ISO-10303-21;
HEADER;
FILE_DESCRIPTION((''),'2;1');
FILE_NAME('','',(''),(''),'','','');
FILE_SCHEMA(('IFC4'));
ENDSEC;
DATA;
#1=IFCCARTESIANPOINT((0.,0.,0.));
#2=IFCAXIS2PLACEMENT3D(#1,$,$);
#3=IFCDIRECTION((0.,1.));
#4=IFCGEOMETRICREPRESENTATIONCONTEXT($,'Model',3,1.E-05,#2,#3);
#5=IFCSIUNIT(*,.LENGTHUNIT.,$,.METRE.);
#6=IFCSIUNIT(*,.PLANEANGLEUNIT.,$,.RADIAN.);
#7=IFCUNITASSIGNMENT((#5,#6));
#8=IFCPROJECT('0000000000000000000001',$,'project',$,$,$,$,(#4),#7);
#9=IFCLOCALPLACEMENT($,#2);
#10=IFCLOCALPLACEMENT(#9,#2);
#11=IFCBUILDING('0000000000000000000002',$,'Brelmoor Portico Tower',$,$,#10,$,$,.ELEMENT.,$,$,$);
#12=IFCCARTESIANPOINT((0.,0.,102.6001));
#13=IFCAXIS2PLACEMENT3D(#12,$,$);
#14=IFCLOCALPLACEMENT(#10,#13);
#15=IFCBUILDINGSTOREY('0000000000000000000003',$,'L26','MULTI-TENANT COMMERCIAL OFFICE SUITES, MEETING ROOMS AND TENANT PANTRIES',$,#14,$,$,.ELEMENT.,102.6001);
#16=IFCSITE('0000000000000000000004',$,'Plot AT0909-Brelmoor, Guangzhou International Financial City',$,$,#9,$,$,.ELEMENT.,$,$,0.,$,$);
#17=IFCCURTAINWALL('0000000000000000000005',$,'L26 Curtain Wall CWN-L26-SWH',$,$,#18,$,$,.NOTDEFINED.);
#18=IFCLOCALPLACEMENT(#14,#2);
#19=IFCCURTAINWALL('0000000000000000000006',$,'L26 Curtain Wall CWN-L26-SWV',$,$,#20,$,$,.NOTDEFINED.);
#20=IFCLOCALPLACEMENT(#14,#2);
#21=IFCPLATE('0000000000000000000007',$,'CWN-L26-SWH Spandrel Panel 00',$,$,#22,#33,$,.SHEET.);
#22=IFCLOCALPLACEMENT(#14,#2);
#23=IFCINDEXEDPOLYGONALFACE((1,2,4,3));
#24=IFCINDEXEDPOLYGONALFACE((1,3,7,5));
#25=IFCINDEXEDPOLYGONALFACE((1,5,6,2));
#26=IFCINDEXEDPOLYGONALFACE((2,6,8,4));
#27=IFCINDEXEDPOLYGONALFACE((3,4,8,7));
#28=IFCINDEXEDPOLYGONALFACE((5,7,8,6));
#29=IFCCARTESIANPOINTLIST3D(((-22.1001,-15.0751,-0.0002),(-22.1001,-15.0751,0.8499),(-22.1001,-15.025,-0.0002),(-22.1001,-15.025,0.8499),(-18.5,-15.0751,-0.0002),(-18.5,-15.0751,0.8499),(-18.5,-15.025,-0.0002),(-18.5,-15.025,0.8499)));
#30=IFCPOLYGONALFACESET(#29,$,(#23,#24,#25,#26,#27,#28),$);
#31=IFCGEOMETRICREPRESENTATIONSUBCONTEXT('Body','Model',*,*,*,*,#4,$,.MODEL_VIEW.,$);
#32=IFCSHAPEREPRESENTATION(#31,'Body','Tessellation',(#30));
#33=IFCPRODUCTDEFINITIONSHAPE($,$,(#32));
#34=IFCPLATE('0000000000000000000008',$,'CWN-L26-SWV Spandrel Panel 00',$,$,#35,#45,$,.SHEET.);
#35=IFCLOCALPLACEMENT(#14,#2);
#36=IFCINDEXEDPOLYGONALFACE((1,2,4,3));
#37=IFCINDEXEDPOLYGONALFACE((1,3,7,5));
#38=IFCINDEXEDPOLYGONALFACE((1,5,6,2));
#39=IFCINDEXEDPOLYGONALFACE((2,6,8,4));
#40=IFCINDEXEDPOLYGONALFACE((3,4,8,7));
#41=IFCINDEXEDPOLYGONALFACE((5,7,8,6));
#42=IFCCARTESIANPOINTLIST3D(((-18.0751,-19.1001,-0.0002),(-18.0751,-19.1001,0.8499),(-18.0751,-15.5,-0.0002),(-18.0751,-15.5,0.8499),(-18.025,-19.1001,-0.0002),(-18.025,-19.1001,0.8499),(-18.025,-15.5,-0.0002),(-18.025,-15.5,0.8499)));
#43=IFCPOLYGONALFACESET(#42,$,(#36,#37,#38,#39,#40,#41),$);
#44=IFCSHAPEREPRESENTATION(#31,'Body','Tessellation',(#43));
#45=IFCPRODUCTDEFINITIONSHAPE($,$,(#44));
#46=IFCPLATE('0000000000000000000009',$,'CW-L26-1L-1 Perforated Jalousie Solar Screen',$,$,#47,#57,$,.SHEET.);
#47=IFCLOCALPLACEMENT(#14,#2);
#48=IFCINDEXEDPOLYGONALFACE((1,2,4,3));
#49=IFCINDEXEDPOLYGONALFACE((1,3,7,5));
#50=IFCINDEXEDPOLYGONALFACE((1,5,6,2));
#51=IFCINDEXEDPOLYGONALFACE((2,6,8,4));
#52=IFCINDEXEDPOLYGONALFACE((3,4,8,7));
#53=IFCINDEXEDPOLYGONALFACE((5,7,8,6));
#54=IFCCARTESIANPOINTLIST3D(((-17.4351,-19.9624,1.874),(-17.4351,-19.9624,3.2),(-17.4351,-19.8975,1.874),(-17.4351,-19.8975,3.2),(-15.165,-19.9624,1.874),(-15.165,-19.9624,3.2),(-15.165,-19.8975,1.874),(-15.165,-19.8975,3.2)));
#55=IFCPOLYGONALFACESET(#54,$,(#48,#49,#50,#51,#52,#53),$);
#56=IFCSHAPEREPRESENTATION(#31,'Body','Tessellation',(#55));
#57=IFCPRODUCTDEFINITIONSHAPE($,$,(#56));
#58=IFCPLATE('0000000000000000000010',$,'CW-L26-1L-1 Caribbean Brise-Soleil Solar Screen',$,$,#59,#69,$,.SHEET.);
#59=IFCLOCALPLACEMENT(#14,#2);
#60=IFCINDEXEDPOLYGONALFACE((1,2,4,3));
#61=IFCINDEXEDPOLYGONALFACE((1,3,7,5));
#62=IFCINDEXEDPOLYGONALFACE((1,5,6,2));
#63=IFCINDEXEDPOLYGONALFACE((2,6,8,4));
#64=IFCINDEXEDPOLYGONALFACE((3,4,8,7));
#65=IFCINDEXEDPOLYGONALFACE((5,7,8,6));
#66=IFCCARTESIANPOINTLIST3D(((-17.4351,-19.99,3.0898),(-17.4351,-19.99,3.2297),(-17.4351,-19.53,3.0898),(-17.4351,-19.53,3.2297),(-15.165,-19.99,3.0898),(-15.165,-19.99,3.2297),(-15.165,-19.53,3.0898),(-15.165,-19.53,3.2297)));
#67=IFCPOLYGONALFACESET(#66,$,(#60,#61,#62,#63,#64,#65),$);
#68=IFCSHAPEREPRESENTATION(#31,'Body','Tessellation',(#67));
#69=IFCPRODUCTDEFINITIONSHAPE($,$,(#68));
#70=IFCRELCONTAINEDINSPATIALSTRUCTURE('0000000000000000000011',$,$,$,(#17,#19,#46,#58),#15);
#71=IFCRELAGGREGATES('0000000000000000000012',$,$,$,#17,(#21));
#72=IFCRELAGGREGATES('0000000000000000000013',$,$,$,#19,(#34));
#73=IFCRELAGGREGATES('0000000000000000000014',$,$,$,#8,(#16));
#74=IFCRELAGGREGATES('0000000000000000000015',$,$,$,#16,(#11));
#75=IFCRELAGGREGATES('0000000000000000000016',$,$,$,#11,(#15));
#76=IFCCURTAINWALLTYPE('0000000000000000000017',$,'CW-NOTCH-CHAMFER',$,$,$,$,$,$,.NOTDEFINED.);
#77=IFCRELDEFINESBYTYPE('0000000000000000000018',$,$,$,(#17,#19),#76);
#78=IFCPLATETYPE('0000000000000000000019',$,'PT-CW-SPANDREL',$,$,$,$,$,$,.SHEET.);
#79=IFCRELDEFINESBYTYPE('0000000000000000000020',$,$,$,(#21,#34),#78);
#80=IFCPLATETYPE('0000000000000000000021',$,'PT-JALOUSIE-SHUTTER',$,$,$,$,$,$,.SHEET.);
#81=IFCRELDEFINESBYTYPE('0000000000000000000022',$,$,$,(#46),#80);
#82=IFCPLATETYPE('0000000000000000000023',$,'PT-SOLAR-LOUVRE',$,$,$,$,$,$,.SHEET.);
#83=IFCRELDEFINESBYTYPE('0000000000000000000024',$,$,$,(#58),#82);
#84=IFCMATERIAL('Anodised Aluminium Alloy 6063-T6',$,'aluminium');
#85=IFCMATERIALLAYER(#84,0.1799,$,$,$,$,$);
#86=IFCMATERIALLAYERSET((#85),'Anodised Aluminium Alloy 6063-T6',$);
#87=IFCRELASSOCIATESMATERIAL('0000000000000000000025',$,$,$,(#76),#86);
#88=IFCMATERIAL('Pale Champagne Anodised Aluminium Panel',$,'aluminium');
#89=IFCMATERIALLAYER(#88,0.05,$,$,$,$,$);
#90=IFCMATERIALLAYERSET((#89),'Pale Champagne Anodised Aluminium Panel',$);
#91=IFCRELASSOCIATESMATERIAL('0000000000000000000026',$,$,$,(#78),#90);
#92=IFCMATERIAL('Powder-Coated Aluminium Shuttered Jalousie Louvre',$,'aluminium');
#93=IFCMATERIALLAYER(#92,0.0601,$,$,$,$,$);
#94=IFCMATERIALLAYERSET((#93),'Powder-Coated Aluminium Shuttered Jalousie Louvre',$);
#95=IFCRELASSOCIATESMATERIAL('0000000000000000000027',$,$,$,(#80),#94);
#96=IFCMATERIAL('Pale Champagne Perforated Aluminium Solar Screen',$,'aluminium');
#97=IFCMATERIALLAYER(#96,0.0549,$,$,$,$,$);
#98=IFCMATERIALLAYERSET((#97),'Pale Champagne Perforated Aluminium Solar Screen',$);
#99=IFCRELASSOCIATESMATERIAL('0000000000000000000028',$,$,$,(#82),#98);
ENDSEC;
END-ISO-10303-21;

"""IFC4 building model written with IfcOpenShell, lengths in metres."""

from ifc_helpers import new_model, si_unit, direction, frame, origin, origin_2d, place, context, subcontext, project, spatial, rectangle, extrude, material, layer, layer_set, type_object, element, aggregate, save


model = new_model("IFC4")

# Units and contexts
model_context = context("Model", 3, precision=1e-05, world=origin(), true_north=direction((0.0, 1.0)))
body_context = subcontext(model_context, "Body", "Model", "MODEL_VIEW")
ifc_project = project(units=[si_unit("LENGTHUNIT", "METRE"), si_unit("PLANEANGLEUNIT", "RADIAN")], contexts=[model_context])

# Site, building, storey
site_placement = place(None, origin())
site = spatial("IfcSite", under=ifc_project, at=site_placement, Name="Plot AT0909-Brelmoor, Guangzhou International Financial City", CompositionType="ELEMENT", RefElevation=0.0)
building_placement = place(site_placement, origin())
building = spatial("IfcBuilding", under=site, at=building_placement, Name="Brelmoor Portico Tower", CompositionType="ELEMENT")
storey_placement = place(building_placement, frame((0.0, 0.0, 102.6001)))
storey = spatial("IfcBuildingStorey", under=building, at=storey_placement, Name="L26", Description="MULTI-TENANT COMMERCIAL OFFICE SUITES, MEETING ROOMS AND TENANT PANTRIES", CompositionType="ELEMENT", Elevation=102.6001)

# Curtain wall
ifc_material_1 = material(Name="Anodised Aluminium Alloy 6063-T6", Category="aluminium")
ifc_layer_1 = layer(ifc_material_1, 0.1799)
ifc_layer_set_1 = layer_set([ifc_layer_1], Name="Anodised Aluminium Alloy 6063-T6")
curtain_wall_type_1 = type_object("IfcCurtainWallType", Name="CW-NOTCH-CHAMFER", PredefinedType="NOTDEFINED", material=ifc_layer_set_1)
curtain_wall_1_placement = place(storey_placement, origin())
curtain_wall_1 = element("IfcCurtainWall", 1, at=curtain_wall_1_placement, inside=storey, type_object=curtain_wall_type_1, Name="L26 Curtain Wall CWN-L26-SWH", PredefinedType="NOTDEFINED")

# Curtain wall
curtain_wall_2_placement = place(storey_placement, origin())
curtain_wall_2 = element("IfcCurtainWall", 2, at=curtain_wall_2_placement, inside=storey, type_object=curtain_wall_type_1, Name="L26 Curtain Wall CWN-L26-SWV", PredefinedType="NOTDEFINED")

# Plates
ifc_material_2 = material(Name="Pale Champagne Anodised Aluminium Panel", Category="aluminium")
ifc_layer_2 = layer(ifc_material_2, 0.05)
ifc_layer_set_2 = layer_set([ifc_layer_2], Name="Pale Champagne Anodised Aluminium Panel")
plate_type_1 = type_object("IfcPlateType", Name="PT-CW-SPANDREL", PredefinedType="SHEET", material=ifc_layer_set_2)
plate_1_placement = place(storey_placement, frame((-20.3, -15.05, -0.0002), z_axis=(0.0, 0.0, 1.0), x_axis=(1.0, 0.0, 0.0)))
plate_1 = element("IfcPlate", 3, at=plate_1_placement, type_object=plate_type_1, Name="CWN-L26-SWH Spandrel Panel 00", PredefinedType="SHEET", context=body_context, shape_type="SweptSolid", body=[
    extrude(rectangle(XDim=3.6001, YDim=0.05, at=origin_2d()), origin(), (0.0, 0.0, 1.0), 0.8501),
])
aggregate(curtain_wall_1, [plate_1])
plate_2_placement = place(storey_placement, frame((-18.05, -17.3, -0.0002), z_axis=(0.0, 0.0, 1.0), x_axis=(0.0, 1.0, 0.0)))
plate_2 = element("IfcPlate", 4, at=plate_2_placement, type_object=plate_type_1, Name="CWN-L26-SWV Spandrel Panel 00", PredefinedType="SHEET", context=body_context, shape_type="SweptSolid", body=[
    extrude(rectangle(XDim=3.6001, YDim=0.05, at=origin_2d()), origin(), (0.0, 0.0, 1.0), 0.8501),
])
aggregate(curtain_wall_2, [plate_2])

# Plates
ifc_material_3 = material(Name="Powder-Coated Aluminium Shuttered Jalousie Louvre", Category="aluminium")
ifc_layer_3 = layer(ifc_material_3, 0.0601)
ifc_layer_set_3 = layer_set([ifc_layer_3], Name="Powder-Coated Aluminium Shuttered Jalousie Louvre")
plate_type_2 = type_object("IfcPlateType", Name="PT-JALOUSIE-SHUTTER", PredefinedType="SHEET", material=ifc_layer_set_3)
plate_3_placement = place(storey_placement, frame((-16.3, -19.9299, 1.874), z_axis=(0.0, 0.0, 1.0), x_axis=(1.0, 0.0, 0.0)))
element("IfcPlate", 5, at=plate_3_placement, inside=storey, type_object=plate_type_2, Name="CW-L26-1L-1 Perforated Jalousie Solar Screen", PredefinedType="SHEET", context=body_context, shape_type="SweptSolid", body=[
    extrude(rectangle(XDim=2.27, YDim=0.0649, at=origin_2d()), origin(), (0.0, 0.0, 1.0), 1.3259),
])
ifc_material_4 = material(Name="Pale Champagne Perforated Aluminium Solar Screen", Category="aluminium")
ifc_layer_4 = layer(ifc_material_4, 0.0549)
ifc_layer_set_4 = layer_set([ifc_layer_4], Name="Pale Champagne Perforated Aluminium Solar Screen")
plate_type_3 = type_object("IfcPlateType", Name="PT-SOLAR-LOUVRE", PredefinedType="SHEET", material=ifc_layer_set_4)
plate_4_placement = place(storey_placement, frame((-16.3, -19.76, 3.0898), z_axis=(0.0, 0.0, 1.0), x_axis=(1.0, 0.0, 0.0)))
element("IfcPlate", 6, at=plate_4_placement, inside=storey, type_object=plate_type_3, Name="CW-L26-1L-1 Caribbean Brise-Soleil Solar Screen", PredefinedType="SHEET", context=body_context, shape_type="SweptSolid", body=[
    extrude(rectangle(XDim=2.27, YDim=0.46, at=origin_2d()), origin(), (0.0, 0.0, 1.0), 0.1399),
])

save(model, "model.ifc")
